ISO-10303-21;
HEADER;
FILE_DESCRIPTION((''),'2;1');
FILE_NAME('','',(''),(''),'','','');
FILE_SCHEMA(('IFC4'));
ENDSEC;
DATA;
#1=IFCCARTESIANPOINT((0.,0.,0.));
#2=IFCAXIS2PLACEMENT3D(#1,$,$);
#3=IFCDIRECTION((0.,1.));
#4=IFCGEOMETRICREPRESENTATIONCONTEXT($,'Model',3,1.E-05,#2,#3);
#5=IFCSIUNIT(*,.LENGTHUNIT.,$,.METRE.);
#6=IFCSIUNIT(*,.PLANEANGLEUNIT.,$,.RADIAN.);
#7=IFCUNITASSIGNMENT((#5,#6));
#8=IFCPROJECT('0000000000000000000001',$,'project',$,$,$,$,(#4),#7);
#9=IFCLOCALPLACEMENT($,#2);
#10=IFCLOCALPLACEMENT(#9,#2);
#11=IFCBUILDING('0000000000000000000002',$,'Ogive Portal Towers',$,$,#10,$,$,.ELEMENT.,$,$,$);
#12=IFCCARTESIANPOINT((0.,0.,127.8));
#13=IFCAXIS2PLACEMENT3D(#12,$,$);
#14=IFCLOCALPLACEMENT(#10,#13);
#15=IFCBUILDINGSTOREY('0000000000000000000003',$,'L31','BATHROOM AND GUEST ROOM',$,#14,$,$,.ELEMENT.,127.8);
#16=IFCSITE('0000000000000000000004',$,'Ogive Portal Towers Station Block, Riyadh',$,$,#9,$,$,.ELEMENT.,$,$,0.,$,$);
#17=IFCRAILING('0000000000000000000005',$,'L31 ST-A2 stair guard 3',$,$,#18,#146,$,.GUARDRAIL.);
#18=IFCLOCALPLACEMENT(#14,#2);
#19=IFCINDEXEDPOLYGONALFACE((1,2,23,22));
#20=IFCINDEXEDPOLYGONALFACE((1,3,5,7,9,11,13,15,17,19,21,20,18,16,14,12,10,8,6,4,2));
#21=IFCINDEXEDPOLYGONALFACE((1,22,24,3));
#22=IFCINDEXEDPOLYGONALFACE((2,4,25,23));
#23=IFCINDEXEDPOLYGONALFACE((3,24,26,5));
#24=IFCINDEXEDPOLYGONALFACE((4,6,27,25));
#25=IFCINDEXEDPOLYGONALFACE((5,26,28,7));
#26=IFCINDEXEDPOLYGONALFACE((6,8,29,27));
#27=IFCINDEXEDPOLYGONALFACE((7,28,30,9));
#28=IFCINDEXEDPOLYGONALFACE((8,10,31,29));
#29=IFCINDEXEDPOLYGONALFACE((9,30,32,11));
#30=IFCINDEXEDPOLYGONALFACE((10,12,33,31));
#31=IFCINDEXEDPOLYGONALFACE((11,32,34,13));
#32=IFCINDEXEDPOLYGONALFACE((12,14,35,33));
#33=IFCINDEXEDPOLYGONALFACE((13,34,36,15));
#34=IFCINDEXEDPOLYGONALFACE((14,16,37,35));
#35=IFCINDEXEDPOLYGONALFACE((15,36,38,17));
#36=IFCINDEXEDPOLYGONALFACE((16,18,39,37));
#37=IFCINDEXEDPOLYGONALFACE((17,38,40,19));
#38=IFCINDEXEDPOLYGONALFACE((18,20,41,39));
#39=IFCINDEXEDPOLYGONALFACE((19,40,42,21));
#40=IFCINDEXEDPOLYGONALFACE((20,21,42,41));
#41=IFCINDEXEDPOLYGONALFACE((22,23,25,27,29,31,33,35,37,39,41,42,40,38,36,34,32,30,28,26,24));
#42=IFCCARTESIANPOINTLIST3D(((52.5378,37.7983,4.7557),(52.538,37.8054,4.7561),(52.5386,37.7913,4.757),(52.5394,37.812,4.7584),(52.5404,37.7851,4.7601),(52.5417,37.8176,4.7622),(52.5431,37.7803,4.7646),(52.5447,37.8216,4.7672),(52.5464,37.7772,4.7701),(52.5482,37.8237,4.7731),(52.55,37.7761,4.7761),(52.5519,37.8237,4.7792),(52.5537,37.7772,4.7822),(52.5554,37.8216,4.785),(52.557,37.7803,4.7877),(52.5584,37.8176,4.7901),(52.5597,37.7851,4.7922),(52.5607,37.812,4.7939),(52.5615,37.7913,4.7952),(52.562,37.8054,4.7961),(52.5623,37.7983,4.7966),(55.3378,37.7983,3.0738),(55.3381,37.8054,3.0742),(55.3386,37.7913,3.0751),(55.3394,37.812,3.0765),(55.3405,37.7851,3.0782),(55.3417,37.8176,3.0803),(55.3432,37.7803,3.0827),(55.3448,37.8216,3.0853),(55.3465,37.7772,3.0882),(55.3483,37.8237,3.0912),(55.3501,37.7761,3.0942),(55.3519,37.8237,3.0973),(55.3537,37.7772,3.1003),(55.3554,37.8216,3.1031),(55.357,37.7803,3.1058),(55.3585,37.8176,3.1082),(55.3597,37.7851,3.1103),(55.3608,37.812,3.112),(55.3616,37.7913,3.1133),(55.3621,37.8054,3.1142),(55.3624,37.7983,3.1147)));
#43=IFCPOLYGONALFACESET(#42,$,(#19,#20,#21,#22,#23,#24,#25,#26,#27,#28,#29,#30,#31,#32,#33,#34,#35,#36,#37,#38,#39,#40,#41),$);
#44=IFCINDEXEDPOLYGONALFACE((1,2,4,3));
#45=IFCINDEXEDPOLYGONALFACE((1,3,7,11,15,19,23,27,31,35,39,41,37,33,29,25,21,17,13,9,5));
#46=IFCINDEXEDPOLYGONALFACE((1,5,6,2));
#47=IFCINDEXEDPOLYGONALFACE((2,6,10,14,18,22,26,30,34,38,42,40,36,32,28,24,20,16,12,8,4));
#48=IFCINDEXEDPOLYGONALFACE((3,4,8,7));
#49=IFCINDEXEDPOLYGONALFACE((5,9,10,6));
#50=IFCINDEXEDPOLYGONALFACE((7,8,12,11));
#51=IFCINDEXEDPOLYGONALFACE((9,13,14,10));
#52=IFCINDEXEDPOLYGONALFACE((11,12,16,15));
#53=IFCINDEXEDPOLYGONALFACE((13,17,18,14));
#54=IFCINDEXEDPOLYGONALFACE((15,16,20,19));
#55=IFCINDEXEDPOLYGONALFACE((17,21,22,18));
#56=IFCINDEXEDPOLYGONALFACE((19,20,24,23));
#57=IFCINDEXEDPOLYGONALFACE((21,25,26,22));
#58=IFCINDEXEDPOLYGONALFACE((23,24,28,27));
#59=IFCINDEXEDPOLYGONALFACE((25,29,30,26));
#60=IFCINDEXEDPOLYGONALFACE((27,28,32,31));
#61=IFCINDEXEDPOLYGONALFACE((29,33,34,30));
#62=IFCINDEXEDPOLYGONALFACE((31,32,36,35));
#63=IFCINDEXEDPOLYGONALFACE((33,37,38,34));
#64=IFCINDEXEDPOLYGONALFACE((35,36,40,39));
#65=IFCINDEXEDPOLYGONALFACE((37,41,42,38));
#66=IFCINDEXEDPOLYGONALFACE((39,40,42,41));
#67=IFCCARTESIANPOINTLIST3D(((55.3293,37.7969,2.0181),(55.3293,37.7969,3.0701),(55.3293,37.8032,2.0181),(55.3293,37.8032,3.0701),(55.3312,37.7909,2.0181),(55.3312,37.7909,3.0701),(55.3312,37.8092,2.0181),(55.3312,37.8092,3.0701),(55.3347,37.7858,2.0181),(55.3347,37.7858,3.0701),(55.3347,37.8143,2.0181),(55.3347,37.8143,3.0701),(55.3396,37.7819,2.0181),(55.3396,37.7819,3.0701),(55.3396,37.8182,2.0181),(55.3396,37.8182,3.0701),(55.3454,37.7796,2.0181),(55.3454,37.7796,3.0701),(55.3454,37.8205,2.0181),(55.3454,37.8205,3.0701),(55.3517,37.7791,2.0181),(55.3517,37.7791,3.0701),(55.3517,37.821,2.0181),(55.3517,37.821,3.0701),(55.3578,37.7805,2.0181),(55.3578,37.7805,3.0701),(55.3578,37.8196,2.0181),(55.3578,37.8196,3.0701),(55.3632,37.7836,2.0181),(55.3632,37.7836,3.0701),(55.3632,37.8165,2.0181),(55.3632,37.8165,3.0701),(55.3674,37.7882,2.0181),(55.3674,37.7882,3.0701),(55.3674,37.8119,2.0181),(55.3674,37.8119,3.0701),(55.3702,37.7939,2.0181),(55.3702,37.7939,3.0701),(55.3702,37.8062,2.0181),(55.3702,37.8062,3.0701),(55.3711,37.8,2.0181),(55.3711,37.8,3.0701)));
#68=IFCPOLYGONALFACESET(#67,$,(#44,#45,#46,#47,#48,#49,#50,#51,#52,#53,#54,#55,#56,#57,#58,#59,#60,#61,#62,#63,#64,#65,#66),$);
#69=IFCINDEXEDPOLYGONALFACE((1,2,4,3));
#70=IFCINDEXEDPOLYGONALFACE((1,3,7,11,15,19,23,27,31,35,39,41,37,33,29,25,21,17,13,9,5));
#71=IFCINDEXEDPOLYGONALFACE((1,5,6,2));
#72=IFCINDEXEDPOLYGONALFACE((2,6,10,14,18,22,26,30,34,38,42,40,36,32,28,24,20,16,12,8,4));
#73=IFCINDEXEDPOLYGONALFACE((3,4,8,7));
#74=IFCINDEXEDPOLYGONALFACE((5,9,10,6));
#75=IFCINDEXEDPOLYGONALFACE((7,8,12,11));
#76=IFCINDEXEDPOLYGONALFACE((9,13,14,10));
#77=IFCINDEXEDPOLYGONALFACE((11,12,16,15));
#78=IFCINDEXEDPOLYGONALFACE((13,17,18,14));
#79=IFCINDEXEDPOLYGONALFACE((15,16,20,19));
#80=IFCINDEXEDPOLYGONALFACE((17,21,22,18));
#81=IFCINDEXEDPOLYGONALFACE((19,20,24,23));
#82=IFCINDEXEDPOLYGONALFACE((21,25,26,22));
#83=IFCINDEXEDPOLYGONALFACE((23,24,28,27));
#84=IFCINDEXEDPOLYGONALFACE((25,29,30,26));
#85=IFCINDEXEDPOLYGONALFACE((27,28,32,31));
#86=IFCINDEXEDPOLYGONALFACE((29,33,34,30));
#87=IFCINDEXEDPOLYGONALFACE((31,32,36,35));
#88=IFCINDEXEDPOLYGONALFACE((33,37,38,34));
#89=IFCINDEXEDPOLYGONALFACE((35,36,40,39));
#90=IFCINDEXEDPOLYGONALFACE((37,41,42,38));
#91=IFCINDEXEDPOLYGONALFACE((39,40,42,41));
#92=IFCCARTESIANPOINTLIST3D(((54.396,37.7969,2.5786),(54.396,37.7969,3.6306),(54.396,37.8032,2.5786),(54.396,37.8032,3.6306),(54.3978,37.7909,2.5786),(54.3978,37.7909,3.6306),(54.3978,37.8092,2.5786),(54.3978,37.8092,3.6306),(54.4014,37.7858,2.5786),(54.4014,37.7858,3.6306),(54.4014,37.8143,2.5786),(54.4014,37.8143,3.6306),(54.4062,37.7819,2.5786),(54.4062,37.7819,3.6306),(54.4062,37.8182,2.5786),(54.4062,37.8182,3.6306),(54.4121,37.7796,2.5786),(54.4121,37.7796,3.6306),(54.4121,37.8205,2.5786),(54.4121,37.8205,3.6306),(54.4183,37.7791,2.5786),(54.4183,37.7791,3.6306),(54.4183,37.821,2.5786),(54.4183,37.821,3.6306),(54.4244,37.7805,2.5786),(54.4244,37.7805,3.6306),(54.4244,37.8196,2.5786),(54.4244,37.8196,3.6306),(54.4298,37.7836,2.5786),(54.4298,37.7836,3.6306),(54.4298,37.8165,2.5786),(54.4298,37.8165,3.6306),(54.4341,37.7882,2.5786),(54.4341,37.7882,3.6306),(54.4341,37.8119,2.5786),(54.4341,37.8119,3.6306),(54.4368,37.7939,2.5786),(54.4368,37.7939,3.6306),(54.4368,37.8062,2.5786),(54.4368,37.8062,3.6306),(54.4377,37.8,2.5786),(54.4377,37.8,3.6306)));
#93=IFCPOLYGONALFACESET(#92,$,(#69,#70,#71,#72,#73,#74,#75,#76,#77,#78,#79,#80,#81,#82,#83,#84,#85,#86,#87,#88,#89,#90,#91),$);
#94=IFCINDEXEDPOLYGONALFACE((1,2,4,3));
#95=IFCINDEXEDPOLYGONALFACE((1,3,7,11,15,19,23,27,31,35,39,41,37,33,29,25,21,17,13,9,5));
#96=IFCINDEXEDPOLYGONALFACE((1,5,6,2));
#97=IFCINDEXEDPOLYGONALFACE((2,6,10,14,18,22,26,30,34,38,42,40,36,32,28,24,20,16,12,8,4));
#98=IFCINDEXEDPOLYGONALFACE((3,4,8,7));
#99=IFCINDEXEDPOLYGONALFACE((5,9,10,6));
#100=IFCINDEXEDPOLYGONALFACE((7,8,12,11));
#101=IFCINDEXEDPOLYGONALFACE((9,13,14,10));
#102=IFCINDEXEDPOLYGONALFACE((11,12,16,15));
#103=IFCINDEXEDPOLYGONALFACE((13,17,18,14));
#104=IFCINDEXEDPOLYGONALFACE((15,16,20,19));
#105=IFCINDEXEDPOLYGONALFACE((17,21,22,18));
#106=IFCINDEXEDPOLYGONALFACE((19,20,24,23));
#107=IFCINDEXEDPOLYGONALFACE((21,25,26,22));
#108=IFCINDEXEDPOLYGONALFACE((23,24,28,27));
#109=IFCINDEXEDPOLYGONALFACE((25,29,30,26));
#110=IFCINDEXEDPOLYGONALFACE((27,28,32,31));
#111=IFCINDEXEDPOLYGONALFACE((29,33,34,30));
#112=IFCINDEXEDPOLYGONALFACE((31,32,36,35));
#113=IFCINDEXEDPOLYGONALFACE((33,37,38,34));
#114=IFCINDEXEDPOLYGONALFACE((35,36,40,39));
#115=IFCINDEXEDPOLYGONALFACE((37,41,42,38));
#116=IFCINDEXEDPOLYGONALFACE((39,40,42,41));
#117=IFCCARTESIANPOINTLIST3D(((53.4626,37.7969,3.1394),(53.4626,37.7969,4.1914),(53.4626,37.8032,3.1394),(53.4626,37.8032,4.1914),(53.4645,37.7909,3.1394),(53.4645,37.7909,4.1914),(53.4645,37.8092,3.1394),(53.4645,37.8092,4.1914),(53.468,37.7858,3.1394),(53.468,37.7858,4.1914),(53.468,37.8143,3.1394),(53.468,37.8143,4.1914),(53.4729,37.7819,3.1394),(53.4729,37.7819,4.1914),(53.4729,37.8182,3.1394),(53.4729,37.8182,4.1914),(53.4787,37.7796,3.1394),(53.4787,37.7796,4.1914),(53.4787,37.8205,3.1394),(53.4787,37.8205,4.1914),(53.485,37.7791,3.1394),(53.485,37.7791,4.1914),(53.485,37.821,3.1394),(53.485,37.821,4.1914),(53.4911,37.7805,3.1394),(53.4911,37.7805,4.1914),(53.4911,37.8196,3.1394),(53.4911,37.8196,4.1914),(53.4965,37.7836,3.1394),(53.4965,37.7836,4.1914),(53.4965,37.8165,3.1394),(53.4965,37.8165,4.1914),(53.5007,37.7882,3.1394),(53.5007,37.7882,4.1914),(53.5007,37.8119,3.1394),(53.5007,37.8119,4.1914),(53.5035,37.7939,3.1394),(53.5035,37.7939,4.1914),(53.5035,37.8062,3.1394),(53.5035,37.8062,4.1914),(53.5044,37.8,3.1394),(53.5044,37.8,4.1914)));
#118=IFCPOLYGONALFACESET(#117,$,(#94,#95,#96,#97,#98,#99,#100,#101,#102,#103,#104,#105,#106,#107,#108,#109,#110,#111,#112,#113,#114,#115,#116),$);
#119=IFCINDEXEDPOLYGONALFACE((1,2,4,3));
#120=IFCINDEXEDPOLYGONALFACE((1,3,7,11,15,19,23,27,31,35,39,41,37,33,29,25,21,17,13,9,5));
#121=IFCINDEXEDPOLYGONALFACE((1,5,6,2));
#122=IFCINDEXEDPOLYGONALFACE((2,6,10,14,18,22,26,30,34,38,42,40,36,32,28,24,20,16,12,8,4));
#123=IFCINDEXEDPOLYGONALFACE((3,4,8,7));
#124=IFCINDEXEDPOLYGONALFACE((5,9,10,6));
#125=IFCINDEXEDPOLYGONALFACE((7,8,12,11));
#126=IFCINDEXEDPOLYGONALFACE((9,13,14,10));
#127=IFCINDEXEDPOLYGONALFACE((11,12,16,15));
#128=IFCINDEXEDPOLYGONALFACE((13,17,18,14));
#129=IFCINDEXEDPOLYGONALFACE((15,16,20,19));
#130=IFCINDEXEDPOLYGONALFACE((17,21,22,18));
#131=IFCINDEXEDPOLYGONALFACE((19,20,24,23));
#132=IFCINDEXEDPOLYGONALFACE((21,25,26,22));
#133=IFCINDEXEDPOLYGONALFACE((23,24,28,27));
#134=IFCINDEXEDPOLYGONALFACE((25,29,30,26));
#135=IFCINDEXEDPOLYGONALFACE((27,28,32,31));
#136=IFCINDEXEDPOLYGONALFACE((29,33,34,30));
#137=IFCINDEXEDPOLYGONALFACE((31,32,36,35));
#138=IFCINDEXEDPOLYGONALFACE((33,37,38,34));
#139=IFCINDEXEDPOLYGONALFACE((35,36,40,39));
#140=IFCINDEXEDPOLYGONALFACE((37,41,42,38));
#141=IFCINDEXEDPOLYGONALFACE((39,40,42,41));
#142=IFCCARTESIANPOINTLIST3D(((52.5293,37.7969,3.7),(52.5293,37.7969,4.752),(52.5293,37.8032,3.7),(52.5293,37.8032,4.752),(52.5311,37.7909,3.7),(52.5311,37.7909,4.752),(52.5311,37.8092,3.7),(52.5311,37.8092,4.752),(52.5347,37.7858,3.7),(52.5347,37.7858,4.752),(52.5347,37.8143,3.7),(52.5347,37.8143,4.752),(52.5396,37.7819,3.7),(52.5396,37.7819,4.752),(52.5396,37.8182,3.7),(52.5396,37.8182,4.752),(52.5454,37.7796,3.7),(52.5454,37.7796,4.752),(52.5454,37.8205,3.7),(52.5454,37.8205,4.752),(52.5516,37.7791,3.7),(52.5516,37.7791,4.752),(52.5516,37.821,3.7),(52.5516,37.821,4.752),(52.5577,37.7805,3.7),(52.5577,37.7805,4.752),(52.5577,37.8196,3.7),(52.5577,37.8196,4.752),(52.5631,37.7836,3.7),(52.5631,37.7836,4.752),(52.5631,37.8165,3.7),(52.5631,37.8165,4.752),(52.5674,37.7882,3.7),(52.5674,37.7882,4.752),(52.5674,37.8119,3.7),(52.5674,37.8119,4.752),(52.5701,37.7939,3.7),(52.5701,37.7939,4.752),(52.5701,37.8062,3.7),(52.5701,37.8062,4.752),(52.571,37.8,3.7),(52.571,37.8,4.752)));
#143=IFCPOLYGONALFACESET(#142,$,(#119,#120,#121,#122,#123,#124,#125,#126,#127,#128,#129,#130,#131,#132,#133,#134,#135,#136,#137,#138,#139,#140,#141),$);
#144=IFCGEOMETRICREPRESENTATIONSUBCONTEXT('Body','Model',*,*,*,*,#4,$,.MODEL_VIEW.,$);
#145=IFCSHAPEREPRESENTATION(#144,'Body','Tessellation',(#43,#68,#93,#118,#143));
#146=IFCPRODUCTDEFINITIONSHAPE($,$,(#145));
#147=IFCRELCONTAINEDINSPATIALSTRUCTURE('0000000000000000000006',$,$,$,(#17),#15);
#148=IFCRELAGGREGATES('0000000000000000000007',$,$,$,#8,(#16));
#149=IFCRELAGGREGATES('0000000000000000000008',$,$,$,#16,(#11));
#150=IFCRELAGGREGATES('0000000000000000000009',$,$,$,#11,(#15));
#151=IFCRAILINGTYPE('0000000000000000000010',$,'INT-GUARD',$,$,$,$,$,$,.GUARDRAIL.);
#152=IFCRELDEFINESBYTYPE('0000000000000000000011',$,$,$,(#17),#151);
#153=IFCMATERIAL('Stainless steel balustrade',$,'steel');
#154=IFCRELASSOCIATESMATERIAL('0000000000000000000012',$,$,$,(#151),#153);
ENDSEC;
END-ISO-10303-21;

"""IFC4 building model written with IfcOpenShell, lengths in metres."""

from ifc_helpers import new_model, si_unit, direction, frame, origin, origin_2d, place, context, subcontext, project, spatial, circle, extrude, material, type_object, element, save


model = new_model("IFC4")

# Units and contexts
model_context = context("Model", 3, precision=1e-05, world=origin(), true_north=direction((0.0, 1.0)))
body_context = subcontext(model_context, "Body", "Model", "MODEL_VIEW")
ifc_project = project(units=[si_unit("LENGTHUNIT", "METRE"), si_unit("PLANEANGLEUNIT", "RADIAN")], contexts=[model_context])

# Site, building, storey
site_placement = place(None, origin())
site = spatial("IfcSite", under=ifc_project, at=site_placement, Name="Ogive Portal Towers Station Block, Riyadh", CompositionType="ELEMENT", RefElevation=0.0)
building_placement = place(site_placement, origin())
building = spatial("IfcBuilding", under=site, at=building_placement, Name="Ogive Portal Towers", CompositionType="ELEMENT")
storey_placement = place(building_placement, frame((0.0, 0.0, 127.8)))
storey = spatial("IfcBuildingStorey", under=building, at=storey_placement, Name="L31", Description="BATHROOM AND GUEST ROOM", CompositionType="ELEMENT", Elevation=127.8)

# Railing
ifc_material_1 = material(Name="Stainless steel balustrade", Category="steel")
railing_type_1 = type_object("IfcRailingType", Name="INT-GUARD", PredefinedType="GUARDRAIL", material=ifc_material_1)
railing_1_placement = place(storey_placement, frame((55.3501, 37.8, 2.0181)))
element("IfcRailing", 1, at=railing_1_placement, inside=storey, type_object=railing_type_1, Name="L31 ST-A2 stair guard 3", PredefinedType="GUARDRAIL", context=body_context, shape_type="SweptSolid", body=[
    extrude(circle(Radius=0.0239, at=origin_2d()), frame((0.0, 0.0, 1.0762), z_axis=(-0.857242, 0.0, 0.514913), x_axis=(0.0, -1.0, 0.0)), (0.0, 0.0, 1.0), 3.2664),
    extrude(circle(Radius=0.021, at=origin_2d()), origin(), (0.0, 0.0, 1.0), 1.052),
    extrude(circle(Radius=0.021, at=origin_2d()), frame((-0.9333, 0.0, 0.5605)), (0.0, 0.0, 1.0), 1.052),
    extrude(circle(Radius=0.021, at=origin_2d()), frame((-1.8667, 0.0, 1.1213)), (0.0, 0.0, 1.0), 1.052),
    extrude(circle(Radius=0.021, at=origin_2d()), frame((-2.8, 0.0, 1.6819)), (0.0, 0.0, 1.0), 1.052),
])

save(model, "model.ifc")
